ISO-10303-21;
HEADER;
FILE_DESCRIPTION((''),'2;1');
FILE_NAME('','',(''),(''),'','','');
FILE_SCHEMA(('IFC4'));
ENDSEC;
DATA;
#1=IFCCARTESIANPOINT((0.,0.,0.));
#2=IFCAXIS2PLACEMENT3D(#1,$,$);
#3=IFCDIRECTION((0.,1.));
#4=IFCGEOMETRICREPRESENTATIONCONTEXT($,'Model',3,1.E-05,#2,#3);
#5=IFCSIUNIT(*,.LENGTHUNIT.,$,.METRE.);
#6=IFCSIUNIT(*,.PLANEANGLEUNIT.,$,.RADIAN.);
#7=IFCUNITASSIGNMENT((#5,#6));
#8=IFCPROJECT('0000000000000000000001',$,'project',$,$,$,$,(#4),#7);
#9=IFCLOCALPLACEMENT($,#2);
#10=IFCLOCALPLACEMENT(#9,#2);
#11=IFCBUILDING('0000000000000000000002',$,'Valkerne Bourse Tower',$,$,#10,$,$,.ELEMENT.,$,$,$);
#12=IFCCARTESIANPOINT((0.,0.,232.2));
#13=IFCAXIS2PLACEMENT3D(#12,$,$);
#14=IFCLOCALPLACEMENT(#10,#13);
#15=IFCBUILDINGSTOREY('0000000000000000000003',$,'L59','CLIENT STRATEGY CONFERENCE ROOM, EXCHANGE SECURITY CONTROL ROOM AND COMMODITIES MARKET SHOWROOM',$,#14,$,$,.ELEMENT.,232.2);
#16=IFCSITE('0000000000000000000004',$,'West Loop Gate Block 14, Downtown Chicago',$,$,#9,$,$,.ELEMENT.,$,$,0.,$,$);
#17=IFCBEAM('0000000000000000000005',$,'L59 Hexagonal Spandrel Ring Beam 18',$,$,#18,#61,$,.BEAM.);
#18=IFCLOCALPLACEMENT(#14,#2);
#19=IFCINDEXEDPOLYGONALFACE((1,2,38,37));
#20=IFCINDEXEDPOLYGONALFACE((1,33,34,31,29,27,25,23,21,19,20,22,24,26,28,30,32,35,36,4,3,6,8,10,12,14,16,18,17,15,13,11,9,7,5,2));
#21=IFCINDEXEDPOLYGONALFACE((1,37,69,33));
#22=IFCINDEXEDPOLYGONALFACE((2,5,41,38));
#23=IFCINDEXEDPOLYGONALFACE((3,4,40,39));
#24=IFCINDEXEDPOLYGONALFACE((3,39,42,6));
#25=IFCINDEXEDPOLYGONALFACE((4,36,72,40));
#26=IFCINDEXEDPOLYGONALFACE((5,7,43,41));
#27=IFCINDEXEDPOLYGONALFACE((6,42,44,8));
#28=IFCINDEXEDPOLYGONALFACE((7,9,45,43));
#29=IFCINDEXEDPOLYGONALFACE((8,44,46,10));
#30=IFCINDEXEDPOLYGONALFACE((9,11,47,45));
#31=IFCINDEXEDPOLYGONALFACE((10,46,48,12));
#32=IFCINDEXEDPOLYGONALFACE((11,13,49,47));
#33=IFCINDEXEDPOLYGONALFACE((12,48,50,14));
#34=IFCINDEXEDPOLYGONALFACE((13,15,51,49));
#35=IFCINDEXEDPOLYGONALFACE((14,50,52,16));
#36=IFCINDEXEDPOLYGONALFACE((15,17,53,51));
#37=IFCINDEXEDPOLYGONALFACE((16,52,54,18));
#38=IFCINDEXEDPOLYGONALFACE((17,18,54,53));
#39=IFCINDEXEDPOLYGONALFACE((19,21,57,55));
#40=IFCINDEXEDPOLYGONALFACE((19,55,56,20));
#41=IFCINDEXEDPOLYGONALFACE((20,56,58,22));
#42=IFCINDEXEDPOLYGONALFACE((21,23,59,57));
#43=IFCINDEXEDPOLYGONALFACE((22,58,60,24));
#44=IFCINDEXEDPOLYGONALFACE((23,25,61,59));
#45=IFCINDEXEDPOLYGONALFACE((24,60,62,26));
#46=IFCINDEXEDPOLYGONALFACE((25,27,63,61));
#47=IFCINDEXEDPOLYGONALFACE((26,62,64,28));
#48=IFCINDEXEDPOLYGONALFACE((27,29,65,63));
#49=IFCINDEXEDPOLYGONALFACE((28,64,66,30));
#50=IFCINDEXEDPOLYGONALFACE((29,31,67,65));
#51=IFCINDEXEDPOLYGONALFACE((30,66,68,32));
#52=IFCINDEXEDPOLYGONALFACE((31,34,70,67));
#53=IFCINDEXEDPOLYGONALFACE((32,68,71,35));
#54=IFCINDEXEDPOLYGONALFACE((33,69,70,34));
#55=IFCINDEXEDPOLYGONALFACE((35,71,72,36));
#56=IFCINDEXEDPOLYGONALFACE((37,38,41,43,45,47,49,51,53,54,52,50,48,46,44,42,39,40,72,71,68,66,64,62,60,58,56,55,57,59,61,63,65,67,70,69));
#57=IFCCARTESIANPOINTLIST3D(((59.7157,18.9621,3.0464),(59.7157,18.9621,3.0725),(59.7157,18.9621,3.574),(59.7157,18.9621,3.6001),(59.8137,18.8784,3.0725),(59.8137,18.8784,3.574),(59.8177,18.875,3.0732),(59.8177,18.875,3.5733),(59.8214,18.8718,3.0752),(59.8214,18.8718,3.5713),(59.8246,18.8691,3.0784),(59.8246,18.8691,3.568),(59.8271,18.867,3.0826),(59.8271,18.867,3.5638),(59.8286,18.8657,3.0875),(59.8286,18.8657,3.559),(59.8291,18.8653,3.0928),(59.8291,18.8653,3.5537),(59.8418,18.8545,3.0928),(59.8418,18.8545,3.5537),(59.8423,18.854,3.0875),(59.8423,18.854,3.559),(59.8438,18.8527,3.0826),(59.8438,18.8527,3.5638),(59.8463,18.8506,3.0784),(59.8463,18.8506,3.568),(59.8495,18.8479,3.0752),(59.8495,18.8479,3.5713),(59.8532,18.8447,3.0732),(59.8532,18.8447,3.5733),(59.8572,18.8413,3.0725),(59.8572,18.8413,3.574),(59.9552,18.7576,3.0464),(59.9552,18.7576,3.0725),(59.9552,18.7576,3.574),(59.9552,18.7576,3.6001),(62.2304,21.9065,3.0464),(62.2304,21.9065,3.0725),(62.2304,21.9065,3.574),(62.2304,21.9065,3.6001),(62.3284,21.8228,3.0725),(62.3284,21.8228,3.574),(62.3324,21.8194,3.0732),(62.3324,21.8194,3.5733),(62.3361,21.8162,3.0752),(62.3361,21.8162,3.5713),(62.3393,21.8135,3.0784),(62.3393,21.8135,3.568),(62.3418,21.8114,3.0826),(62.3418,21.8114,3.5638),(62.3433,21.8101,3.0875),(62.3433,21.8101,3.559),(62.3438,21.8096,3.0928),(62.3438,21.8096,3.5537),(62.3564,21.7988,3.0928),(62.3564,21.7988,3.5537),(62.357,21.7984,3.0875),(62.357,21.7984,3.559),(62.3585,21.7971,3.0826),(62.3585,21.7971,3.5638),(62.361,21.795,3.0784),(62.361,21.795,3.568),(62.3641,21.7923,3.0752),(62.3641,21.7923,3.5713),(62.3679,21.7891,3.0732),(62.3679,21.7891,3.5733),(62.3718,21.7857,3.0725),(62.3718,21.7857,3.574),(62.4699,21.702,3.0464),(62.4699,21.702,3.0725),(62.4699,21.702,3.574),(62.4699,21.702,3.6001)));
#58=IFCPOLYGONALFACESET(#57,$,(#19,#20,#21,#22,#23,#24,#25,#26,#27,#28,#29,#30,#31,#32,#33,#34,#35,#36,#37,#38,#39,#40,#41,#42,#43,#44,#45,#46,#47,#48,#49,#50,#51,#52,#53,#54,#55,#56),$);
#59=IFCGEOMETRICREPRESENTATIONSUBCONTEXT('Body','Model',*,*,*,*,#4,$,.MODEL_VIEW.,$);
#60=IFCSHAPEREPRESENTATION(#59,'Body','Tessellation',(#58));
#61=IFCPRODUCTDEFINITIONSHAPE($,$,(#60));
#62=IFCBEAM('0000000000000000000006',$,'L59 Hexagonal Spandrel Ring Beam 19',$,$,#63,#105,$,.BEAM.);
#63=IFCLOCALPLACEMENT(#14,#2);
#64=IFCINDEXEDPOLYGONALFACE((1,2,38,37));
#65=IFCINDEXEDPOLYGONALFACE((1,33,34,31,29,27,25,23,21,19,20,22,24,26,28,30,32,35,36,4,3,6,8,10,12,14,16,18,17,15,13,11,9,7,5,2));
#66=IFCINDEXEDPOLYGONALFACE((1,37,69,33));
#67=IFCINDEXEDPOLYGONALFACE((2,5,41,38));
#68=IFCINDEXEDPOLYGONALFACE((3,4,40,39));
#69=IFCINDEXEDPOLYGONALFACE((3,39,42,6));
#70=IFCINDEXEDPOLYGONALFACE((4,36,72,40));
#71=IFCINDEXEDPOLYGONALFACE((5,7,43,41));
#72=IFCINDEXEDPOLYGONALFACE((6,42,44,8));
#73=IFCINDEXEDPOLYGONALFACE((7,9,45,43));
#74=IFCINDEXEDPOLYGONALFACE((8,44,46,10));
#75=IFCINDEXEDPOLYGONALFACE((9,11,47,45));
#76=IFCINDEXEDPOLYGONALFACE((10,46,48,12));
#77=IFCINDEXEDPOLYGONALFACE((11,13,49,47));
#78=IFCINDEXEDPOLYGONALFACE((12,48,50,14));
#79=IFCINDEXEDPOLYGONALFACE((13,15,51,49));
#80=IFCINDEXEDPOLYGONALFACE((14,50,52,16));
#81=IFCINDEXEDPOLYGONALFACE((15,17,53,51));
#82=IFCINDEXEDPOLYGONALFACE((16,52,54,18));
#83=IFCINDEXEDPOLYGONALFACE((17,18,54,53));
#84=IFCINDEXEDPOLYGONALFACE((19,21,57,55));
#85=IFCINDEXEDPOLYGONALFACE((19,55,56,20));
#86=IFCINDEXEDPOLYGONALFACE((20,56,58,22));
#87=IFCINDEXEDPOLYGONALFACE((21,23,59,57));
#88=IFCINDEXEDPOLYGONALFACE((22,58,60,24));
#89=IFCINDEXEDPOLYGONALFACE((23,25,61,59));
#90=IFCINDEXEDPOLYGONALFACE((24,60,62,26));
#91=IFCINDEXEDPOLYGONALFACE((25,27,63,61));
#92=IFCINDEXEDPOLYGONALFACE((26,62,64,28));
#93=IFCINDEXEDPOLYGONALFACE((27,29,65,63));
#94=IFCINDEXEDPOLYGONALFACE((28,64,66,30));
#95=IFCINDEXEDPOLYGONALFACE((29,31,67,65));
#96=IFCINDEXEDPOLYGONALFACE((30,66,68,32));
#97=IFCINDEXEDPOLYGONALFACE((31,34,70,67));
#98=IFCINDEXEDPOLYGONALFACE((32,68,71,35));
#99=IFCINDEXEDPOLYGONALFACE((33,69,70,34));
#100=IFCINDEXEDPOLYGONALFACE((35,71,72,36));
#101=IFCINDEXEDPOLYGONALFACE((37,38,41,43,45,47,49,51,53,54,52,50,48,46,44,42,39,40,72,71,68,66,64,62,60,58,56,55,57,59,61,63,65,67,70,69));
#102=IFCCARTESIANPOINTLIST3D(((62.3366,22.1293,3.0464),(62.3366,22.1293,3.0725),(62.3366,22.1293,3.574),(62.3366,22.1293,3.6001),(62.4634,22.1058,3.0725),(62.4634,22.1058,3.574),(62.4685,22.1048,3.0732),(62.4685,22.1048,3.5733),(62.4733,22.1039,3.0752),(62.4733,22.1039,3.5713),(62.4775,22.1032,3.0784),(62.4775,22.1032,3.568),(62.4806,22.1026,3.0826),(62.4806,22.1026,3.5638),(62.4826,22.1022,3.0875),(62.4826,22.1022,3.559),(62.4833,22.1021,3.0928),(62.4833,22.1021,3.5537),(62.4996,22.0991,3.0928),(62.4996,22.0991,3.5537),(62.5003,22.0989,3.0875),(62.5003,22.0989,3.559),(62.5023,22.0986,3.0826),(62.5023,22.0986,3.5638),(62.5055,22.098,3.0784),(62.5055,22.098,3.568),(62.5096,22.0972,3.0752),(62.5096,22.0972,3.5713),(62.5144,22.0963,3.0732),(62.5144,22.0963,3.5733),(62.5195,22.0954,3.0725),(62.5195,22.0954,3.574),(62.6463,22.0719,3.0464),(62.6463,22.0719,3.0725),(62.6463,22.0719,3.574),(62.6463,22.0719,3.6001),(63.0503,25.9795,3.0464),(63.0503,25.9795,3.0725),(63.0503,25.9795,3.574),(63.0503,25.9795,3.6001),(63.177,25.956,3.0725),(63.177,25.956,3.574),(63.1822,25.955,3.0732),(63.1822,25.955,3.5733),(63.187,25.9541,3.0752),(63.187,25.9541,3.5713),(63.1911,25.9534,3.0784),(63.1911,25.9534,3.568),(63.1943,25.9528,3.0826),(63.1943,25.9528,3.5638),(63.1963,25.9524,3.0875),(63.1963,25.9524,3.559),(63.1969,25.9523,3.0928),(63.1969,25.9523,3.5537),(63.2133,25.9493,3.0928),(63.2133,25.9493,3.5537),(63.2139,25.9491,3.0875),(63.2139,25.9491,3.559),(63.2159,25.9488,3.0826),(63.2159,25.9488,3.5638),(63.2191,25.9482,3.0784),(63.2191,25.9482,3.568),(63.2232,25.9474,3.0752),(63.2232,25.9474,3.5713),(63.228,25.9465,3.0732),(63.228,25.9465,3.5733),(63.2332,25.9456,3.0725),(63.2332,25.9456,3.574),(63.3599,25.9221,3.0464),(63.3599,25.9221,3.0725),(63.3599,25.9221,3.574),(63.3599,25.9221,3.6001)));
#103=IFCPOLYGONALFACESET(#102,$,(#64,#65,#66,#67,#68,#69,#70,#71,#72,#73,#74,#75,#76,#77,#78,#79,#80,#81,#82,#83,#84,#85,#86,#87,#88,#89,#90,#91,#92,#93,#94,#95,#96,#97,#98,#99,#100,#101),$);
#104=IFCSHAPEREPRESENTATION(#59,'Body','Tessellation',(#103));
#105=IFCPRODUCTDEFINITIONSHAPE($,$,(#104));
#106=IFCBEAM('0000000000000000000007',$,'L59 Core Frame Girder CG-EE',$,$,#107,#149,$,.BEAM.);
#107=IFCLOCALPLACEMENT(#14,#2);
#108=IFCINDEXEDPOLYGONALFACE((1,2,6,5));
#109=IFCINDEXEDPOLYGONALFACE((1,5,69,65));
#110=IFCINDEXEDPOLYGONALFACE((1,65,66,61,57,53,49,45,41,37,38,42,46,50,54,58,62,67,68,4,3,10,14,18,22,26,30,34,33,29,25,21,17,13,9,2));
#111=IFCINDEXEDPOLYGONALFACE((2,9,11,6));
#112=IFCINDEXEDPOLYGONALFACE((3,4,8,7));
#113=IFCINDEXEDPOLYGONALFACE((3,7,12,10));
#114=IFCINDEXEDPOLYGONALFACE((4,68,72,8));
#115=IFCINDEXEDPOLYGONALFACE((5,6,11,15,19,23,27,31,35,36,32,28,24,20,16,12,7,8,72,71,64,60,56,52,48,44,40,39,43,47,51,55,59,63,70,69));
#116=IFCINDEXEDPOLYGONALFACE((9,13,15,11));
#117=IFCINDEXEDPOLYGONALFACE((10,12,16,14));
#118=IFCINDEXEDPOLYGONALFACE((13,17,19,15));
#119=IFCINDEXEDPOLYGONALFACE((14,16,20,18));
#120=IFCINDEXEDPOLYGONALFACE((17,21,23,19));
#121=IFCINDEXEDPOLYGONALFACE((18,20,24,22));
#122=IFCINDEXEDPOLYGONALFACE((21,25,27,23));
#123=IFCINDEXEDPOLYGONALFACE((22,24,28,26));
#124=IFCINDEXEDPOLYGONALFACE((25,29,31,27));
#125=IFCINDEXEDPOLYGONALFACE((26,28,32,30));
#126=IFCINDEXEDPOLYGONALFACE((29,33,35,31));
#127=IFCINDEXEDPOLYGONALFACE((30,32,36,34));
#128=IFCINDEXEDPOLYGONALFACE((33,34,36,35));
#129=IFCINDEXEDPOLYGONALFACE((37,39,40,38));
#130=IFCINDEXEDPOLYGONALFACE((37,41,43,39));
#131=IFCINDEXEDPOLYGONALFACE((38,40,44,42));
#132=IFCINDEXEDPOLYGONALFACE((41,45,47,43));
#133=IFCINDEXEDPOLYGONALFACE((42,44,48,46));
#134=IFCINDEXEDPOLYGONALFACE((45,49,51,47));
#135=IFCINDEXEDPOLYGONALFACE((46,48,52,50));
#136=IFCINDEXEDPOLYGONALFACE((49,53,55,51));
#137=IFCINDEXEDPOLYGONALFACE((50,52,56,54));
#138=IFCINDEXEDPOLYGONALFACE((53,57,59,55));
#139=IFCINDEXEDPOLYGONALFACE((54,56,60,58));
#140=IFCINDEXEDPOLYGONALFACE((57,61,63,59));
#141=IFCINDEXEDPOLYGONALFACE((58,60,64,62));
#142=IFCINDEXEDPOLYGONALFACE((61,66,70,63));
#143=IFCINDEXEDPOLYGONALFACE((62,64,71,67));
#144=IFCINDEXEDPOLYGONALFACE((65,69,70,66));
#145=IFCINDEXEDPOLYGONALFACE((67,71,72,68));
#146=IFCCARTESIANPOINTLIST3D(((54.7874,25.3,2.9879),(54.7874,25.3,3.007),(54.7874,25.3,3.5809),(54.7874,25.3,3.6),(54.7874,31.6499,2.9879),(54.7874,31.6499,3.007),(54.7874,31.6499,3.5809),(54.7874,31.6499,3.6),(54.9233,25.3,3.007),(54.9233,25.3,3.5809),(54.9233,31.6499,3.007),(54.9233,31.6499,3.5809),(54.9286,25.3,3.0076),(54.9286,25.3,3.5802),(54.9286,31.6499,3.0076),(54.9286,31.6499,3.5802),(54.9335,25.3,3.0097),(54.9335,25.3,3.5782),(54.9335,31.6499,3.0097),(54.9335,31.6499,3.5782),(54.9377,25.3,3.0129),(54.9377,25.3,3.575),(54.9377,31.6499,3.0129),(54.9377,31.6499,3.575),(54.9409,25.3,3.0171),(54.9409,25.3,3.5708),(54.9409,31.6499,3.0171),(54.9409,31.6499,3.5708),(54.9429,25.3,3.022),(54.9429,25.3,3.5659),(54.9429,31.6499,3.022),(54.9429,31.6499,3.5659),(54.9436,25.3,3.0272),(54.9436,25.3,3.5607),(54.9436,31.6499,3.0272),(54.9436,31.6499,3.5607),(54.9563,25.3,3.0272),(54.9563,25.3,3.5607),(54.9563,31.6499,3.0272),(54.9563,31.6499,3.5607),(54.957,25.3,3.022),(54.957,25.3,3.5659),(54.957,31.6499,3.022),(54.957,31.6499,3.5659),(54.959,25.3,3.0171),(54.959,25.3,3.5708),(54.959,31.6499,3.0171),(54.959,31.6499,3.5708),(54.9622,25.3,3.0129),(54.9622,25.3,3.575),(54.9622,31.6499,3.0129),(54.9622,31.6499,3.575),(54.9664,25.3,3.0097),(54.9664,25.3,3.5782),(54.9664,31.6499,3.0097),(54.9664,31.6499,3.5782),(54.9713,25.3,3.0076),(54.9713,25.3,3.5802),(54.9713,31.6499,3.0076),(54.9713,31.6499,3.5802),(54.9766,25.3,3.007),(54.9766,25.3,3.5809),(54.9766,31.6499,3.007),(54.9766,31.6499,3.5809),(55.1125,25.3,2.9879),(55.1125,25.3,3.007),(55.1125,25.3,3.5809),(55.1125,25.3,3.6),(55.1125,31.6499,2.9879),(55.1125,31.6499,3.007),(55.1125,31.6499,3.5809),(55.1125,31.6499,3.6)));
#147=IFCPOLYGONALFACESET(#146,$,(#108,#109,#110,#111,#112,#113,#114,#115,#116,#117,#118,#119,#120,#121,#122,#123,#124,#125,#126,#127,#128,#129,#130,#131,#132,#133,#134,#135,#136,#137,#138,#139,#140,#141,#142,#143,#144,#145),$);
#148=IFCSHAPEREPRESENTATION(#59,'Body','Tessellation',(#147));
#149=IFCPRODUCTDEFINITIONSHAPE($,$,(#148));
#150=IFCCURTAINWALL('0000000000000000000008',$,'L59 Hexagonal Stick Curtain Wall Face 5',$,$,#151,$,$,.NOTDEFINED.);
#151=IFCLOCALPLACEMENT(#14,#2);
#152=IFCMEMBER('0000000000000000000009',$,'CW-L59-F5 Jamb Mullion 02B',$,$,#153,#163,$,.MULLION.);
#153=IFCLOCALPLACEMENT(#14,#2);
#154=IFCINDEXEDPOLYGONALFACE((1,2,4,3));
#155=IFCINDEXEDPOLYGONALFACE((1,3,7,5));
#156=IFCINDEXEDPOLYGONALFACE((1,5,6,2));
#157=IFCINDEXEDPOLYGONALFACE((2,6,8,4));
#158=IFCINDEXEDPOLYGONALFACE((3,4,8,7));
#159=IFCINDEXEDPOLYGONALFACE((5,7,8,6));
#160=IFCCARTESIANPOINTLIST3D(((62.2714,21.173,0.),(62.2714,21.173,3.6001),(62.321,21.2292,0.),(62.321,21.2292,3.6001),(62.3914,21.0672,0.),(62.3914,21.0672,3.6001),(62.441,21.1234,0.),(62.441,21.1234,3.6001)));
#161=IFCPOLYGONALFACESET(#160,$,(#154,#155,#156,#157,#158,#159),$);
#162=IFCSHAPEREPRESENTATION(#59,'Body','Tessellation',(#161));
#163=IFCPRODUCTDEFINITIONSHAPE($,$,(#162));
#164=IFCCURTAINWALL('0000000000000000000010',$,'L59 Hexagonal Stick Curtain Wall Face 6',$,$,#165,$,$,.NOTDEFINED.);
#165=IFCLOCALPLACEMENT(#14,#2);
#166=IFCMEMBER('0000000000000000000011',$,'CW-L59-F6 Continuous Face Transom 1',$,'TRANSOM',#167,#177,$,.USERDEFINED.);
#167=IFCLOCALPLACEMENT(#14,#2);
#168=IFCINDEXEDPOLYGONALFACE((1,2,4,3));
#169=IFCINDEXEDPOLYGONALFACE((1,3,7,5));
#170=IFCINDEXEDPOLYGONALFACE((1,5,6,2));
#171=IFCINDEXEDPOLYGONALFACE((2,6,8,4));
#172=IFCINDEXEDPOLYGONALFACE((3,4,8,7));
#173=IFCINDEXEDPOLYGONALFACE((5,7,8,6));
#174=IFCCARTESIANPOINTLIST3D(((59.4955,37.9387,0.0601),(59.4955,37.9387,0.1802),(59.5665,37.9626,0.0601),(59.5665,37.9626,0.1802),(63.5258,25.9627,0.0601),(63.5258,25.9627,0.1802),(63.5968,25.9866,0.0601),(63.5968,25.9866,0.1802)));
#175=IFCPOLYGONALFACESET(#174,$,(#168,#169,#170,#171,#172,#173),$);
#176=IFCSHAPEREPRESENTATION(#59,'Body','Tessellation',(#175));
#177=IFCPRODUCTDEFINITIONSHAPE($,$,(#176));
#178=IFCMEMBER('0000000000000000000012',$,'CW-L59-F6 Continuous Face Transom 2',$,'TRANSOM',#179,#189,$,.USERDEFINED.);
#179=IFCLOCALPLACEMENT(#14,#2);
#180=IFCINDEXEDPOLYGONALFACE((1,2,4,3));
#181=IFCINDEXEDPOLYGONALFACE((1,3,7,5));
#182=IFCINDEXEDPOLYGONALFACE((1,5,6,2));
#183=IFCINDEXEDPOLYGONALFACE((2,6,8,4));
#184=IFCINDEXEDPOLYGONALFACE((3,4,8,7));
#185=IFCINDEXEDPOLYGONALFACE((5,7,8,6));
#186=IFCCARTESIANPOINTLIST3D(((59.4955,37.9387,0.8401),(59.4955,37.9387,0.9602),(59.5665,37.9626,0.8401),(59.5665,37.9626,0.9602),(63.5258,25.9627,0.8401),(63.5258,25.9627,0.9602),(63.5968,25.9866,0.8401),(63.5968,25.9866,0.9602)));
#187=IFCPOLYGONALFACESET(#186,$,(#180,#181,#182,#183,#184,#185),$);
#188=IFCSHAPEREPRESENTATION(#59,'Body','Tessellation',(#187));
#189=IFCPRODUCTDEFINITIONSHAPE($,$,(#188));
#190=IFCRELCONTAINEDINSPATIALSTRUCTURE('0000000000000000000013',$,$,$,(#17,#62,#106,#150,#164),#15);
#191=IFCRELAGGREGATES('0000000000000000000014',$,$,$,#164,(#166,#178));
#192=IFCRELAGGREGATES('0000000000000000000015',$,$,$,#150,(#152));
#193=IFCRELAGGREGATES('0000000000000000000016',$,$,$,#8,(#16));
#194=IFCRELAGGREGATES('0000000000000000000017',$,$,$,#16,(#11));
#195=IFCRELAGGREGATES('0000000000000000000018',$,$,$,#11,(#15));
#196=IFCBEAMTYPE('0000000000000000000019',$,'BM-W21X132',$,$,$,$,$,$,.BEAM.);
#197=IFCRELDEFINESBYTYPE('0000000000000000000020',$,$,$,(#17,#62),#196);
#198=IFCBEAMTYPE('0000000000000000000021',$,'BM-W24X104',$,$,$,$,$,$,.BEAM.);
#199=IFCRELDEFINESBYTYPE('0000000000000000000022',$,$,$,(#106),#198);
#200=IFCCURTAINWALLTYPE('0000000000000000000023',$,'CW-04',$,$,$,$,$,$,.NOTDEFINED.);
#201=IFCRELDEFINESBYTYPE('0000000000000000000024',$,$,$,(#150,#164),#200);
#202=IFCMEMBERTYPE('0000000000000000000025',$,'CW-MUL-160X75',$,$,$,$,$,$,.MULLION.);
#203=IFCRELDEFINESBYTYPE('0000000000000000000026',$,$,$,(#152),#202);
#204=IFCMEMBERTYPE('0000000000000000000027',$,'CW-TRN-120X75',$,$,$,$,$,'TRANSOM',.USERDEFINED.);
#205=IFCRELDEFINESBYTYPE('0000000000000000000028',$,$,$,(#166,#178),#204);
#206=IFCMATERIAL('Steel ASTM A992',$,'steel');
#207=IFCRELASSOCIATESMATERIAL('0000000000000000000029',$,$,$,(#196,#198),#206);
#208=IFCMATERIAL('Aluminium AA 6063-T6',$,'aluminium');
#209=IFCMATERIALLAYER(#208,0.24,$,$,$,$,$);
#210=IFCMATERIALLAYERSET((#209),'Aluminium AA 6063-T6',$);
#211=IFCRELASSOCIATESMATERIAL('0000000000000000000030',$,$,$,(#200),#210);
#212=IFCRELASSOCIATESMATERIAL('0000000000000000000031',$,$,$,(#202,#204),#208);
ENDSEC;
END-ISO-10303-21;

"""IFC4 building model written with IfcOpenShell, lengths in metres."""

from ifc_helpers import new_model, si_unit, direction, frame, origin, origin_2d, place, context, subcontext, project, spatial, rectangle, i_section, extrude, material, layer, layer_set, material_profile, profile_set, type_object, element, aggregate, save


model = new_model("IFC4")

# Units and contexts
model_context = context("Model", 3, precision=1e-05, world=origin(), true_north=direction((0.0, 1.0)))
body_context = subcontext(model_context, "Body", "Model", "MODEL_VIEW")
ifc_project = project(units=[si_unit("LENGTHUNIT", "METRE"), si_unit("PLANEANGLEUNIT", "RADIAN")], contexts=[model_context])

# Site, building, storey
site_placement = place(None, origin())
site = spatial("IfcSite", under=ifc_project, at=site_placement, Name="West Loop Gate Block 14, Downtown Chicago", CompositionType="ELEMENT", RefElevation=0.0)
building_placement = place(site_placement, origin())
building = spatial("IfcBuilding", under=site, at=building_placement, Name="Valkerne Bourse Tower", CompositionType="ELEMENT")
storey_placement = place(building_placement, frame((0.0, 0.0, 232.2)))
storey = spatial("IfcBuildingStorey", under=building, at=storey_placement, Name="L59", Description="CLIENT STRATEGY CONFERENCE ROOM, EXCHANGE SECURITY CONTROL ROOM AND COMMODITIES MARKET SHOWROOM", CompositionType="ELEMENT", Elevation=232.2)

# Beams
ifc_material_1 = material(Name="Steel ASTM A992", Category="steel")
ifc_material_profile_1 = material_profile(ifc_material_1, i_section(OverallWidth=0.3149, OverallDepth=0.5537, WebThickness=0.0166, FlangeThickness=0.0261, FilletRadius=0.0203, at=origin_2d()), Name="W21X132")
ifc_profile_set_1 = profile_set([ifc_material_profile_1], Name="Steel ASTM A992")
beam_type_1 = type_object("IfcBeamType", Name="BM-W21X132", PredefinedType="BEAM", material=ifc_profile_set_1)
beam_1_placement = place(storey_placement, frame((59.8354, 18.8599, 3.3232), z_axis=(0.64944, 0.760413, 0.0), x_axis=(-0.760413, 0.64944, 0.0)))
element("IfcBeam", 1, at=beam_1_placement, inside=storey, type_object=beam_type_1, Name="L59 Hexagonal Spandrel Ring Beam 18", PredefinedType="BEAM", context=body_context, shape_type="SweptSolid", body=[
    extrude(i_section(OverallWidth=0.3149, OverallDepth=0.5537, WebThickness=0.0166, FlangeThickness=0.0261, FilletRadius=0.0203, at=origin_2d()), origin(), (0.0, 0.0, 1.0), 3.8721),
])
beam_2_placement = place(storey_placement, frame((62.4915, 22.1006, 3.3232), z_axis=(0.182248, 0.983253, 0.0), x_axis=(-0.983253, 0.182248, 0.0)))
element("IfcBeam", 2, at=beam_2_placement, inside=storey, type_object=beam_type_1, Name="L59 Hexagonal Spandrel Ring Beam 19", PredefinedType="BEAM", context=body_context, shape_type="SweptSolid", body=[
    extrude(i_section(OverallWidth=0.3149, OverallDepth=0.5537, WebThickness=0.0166, FlangeThickness=0.0261, FilletRadius=0.0203, at=origin_2d()), origin(), (0.0, 0.0, 1.0), 3.9158),
])
ifc_material_profile_2 = material_profile(ifc_material_1, i_section(OverallWidth=0.3252, OverallDepth=0.6121, WebThickness=0.0127, FlangeThickness=0.019, FilletRadius=0.0203, at=origin_2d()), Name="W24X104")
ifc_profile_set_2 = profile_set([ifc_material_profile_2], Name="Steel ASTM A992")
beam_type_2 = type_object("IfcBeamType", Name="BM-W24X104", PredefinedType="BEAM", material=ifc_profile_set_2)
beam_3_placement = place(storey_placement, frame((54.95, 25.3, 3.2939), z_axis=(0.0, 1.0, 0.0), x_axis=(-1.0, 0.0, 0.0)))
element("IfcBeam", 3, at=beam_3_placement, inside=storey, type_object=beam_type_2, Name="L59 Core Frame Girder CG-EE", PredefinedType="BEAM", context=body_context, shape_type="SweptSolid", body=[
    extrude(i_section(OverallWidth=0.3252, OverallDepth=0.6121, WebThickness=0.0127, FlangeThickness=0.019, FilletRadius=0.0203, at=origin_2d()), origin(), (0.0, 0.0, 1.0), 6.3499),
])

# Curtain wall, member
ifc_material_2 = material(Name="Aluminium AA 6063-T6", Category="aluminium")
ifc_layer_1 = layer(ifc_material_2, 0.24)
ifc_layer_set_1 = layer_set([ifc_layer_1], Name="Aluminium AA 6063-T6")
curtain_wall_type = type_object("IfcCurtainWallType", Name="CW-04", PredefinedType="NOTDEFINED", material=ifc_layer_set_1)
curtain_wall_1_placement = place(storey_placement, origin())
curtain_wall_1 = element("IfcCurtainWall", 4, at=curtain_wall_1_placement, inside=storey, type_object=curtain_wall_type, Name="L59 Hexagonal Stick Curtain Wall Face 5", PredefinedType="NOTDEFINED")
ifc_material_profile_3 = material_profile(ifc_material_2, rectangle(XDim=0.075, YDim=0.1599, at=origin_2d()), Name="CWM-75X160")
ifc_profile_set_3 = profile_set([ifc_material_profile_3], Name="Aluminium AA 6063-T6")
member_type_1 = type_object("IfcMemberType", Name="CW-MUL-160X75", PredefinedType="MULLION", material=ifc_profile_set_3)
member_1_placement = place(storey_placement, frame((62.3562, 21.1482, 0.0), z_axis=(0.0, 0.0, 1.0), x_axis=(0.661302, 0.75012, 0.0)))
member_1 = element("IfcMember", 5, at=member_1_placement, type_object=member_type_1, Name="CW-L59-F5 Jamb Mullion 02B", PredefinedType="MULLION", context=body_context, shape_type="SweptSolid", body=[
    extrude(rectangle(XDim=0.075, YDim=0.1599, at=origin_2d()), origin(), (0.0, 0.0, 1.0), 3.6001),
])

# Curtain wall, members
curtain_wall_2_placement = place(storey_placement, origin())
curtain_wall_2 = element("IfcCurtainWall", 6, at=curtain_wall_2_placement, inside=storey, type_object=curtain_wall_type, Name="L59 Hexagonal Stick Curtain Wall Face 6", PredefinedType="NOTDEFINED")
ifc_material_profile_4 = material_profile(ifc_material_2, rectangle(XDim=0.075, YDim=0.1201, at=origin_2d()), Name="CWT-75X120")
ifc_profile_set_4 = profile_set([ifc_material_profile_4], Name="Aluminium AA 6063-T6")
member_type_2 = type_object("IfcMemberType", Name="CW-TRN-120X75", ElementType="TRANSOM", PredefinedType="USERDEFINED", material=ifc_profile_set_4)
member_2_placement = place(storey_placement, frame((63.5613, 25.9746, 0.1201), z_axis=(-0.318951, 0.947771, 0.0), x_axis=(-0.947771, -0.318951, 0.0)))
member_2 = element("IfcMember", 7, at=member_2_placement, type_object=member_type_2, Name="CW-L59-F6 Continuous Face Transom 1", ObjectType="TRANSOM", PredefinedType="USERDEFINED", context=body_context, shape_type="SweptSolid", body=[
    extrude(rectangle(XDim=0.075, YDim=0.1201, at=origin_2d()), origin(), (0.0, 0.0, 1.0), 12.636),
])
member_3_placement = place(storey_placement, frame((63.5613, 25.9746, 0.9001), z_axis=(-0.318951, 0.947771, 0.0), x_axis=(-0.947771, -0.318951, 0.0)))
member_3 = element("IfcMember", 8, at=member_3_placement, type_object=member_type_2, Name="CW-L59-F6 Continuous Face Transom 2", ObjectType="TRANSOM", PredefinedType="USERDEFINED", context=body_context, shape_type="SweptSolid", body=[
    extrude(rectangle(XDim=0.075, YDim=0.1201, at=origin_2d()), origin(), (0.0, 0.0, 1.0), 12.636),
])
aggregate(curtain_wall_2, [member_2, member_3])

aggregate(curtain_wall_1, [member_1])

save(model, "model.ifc")
